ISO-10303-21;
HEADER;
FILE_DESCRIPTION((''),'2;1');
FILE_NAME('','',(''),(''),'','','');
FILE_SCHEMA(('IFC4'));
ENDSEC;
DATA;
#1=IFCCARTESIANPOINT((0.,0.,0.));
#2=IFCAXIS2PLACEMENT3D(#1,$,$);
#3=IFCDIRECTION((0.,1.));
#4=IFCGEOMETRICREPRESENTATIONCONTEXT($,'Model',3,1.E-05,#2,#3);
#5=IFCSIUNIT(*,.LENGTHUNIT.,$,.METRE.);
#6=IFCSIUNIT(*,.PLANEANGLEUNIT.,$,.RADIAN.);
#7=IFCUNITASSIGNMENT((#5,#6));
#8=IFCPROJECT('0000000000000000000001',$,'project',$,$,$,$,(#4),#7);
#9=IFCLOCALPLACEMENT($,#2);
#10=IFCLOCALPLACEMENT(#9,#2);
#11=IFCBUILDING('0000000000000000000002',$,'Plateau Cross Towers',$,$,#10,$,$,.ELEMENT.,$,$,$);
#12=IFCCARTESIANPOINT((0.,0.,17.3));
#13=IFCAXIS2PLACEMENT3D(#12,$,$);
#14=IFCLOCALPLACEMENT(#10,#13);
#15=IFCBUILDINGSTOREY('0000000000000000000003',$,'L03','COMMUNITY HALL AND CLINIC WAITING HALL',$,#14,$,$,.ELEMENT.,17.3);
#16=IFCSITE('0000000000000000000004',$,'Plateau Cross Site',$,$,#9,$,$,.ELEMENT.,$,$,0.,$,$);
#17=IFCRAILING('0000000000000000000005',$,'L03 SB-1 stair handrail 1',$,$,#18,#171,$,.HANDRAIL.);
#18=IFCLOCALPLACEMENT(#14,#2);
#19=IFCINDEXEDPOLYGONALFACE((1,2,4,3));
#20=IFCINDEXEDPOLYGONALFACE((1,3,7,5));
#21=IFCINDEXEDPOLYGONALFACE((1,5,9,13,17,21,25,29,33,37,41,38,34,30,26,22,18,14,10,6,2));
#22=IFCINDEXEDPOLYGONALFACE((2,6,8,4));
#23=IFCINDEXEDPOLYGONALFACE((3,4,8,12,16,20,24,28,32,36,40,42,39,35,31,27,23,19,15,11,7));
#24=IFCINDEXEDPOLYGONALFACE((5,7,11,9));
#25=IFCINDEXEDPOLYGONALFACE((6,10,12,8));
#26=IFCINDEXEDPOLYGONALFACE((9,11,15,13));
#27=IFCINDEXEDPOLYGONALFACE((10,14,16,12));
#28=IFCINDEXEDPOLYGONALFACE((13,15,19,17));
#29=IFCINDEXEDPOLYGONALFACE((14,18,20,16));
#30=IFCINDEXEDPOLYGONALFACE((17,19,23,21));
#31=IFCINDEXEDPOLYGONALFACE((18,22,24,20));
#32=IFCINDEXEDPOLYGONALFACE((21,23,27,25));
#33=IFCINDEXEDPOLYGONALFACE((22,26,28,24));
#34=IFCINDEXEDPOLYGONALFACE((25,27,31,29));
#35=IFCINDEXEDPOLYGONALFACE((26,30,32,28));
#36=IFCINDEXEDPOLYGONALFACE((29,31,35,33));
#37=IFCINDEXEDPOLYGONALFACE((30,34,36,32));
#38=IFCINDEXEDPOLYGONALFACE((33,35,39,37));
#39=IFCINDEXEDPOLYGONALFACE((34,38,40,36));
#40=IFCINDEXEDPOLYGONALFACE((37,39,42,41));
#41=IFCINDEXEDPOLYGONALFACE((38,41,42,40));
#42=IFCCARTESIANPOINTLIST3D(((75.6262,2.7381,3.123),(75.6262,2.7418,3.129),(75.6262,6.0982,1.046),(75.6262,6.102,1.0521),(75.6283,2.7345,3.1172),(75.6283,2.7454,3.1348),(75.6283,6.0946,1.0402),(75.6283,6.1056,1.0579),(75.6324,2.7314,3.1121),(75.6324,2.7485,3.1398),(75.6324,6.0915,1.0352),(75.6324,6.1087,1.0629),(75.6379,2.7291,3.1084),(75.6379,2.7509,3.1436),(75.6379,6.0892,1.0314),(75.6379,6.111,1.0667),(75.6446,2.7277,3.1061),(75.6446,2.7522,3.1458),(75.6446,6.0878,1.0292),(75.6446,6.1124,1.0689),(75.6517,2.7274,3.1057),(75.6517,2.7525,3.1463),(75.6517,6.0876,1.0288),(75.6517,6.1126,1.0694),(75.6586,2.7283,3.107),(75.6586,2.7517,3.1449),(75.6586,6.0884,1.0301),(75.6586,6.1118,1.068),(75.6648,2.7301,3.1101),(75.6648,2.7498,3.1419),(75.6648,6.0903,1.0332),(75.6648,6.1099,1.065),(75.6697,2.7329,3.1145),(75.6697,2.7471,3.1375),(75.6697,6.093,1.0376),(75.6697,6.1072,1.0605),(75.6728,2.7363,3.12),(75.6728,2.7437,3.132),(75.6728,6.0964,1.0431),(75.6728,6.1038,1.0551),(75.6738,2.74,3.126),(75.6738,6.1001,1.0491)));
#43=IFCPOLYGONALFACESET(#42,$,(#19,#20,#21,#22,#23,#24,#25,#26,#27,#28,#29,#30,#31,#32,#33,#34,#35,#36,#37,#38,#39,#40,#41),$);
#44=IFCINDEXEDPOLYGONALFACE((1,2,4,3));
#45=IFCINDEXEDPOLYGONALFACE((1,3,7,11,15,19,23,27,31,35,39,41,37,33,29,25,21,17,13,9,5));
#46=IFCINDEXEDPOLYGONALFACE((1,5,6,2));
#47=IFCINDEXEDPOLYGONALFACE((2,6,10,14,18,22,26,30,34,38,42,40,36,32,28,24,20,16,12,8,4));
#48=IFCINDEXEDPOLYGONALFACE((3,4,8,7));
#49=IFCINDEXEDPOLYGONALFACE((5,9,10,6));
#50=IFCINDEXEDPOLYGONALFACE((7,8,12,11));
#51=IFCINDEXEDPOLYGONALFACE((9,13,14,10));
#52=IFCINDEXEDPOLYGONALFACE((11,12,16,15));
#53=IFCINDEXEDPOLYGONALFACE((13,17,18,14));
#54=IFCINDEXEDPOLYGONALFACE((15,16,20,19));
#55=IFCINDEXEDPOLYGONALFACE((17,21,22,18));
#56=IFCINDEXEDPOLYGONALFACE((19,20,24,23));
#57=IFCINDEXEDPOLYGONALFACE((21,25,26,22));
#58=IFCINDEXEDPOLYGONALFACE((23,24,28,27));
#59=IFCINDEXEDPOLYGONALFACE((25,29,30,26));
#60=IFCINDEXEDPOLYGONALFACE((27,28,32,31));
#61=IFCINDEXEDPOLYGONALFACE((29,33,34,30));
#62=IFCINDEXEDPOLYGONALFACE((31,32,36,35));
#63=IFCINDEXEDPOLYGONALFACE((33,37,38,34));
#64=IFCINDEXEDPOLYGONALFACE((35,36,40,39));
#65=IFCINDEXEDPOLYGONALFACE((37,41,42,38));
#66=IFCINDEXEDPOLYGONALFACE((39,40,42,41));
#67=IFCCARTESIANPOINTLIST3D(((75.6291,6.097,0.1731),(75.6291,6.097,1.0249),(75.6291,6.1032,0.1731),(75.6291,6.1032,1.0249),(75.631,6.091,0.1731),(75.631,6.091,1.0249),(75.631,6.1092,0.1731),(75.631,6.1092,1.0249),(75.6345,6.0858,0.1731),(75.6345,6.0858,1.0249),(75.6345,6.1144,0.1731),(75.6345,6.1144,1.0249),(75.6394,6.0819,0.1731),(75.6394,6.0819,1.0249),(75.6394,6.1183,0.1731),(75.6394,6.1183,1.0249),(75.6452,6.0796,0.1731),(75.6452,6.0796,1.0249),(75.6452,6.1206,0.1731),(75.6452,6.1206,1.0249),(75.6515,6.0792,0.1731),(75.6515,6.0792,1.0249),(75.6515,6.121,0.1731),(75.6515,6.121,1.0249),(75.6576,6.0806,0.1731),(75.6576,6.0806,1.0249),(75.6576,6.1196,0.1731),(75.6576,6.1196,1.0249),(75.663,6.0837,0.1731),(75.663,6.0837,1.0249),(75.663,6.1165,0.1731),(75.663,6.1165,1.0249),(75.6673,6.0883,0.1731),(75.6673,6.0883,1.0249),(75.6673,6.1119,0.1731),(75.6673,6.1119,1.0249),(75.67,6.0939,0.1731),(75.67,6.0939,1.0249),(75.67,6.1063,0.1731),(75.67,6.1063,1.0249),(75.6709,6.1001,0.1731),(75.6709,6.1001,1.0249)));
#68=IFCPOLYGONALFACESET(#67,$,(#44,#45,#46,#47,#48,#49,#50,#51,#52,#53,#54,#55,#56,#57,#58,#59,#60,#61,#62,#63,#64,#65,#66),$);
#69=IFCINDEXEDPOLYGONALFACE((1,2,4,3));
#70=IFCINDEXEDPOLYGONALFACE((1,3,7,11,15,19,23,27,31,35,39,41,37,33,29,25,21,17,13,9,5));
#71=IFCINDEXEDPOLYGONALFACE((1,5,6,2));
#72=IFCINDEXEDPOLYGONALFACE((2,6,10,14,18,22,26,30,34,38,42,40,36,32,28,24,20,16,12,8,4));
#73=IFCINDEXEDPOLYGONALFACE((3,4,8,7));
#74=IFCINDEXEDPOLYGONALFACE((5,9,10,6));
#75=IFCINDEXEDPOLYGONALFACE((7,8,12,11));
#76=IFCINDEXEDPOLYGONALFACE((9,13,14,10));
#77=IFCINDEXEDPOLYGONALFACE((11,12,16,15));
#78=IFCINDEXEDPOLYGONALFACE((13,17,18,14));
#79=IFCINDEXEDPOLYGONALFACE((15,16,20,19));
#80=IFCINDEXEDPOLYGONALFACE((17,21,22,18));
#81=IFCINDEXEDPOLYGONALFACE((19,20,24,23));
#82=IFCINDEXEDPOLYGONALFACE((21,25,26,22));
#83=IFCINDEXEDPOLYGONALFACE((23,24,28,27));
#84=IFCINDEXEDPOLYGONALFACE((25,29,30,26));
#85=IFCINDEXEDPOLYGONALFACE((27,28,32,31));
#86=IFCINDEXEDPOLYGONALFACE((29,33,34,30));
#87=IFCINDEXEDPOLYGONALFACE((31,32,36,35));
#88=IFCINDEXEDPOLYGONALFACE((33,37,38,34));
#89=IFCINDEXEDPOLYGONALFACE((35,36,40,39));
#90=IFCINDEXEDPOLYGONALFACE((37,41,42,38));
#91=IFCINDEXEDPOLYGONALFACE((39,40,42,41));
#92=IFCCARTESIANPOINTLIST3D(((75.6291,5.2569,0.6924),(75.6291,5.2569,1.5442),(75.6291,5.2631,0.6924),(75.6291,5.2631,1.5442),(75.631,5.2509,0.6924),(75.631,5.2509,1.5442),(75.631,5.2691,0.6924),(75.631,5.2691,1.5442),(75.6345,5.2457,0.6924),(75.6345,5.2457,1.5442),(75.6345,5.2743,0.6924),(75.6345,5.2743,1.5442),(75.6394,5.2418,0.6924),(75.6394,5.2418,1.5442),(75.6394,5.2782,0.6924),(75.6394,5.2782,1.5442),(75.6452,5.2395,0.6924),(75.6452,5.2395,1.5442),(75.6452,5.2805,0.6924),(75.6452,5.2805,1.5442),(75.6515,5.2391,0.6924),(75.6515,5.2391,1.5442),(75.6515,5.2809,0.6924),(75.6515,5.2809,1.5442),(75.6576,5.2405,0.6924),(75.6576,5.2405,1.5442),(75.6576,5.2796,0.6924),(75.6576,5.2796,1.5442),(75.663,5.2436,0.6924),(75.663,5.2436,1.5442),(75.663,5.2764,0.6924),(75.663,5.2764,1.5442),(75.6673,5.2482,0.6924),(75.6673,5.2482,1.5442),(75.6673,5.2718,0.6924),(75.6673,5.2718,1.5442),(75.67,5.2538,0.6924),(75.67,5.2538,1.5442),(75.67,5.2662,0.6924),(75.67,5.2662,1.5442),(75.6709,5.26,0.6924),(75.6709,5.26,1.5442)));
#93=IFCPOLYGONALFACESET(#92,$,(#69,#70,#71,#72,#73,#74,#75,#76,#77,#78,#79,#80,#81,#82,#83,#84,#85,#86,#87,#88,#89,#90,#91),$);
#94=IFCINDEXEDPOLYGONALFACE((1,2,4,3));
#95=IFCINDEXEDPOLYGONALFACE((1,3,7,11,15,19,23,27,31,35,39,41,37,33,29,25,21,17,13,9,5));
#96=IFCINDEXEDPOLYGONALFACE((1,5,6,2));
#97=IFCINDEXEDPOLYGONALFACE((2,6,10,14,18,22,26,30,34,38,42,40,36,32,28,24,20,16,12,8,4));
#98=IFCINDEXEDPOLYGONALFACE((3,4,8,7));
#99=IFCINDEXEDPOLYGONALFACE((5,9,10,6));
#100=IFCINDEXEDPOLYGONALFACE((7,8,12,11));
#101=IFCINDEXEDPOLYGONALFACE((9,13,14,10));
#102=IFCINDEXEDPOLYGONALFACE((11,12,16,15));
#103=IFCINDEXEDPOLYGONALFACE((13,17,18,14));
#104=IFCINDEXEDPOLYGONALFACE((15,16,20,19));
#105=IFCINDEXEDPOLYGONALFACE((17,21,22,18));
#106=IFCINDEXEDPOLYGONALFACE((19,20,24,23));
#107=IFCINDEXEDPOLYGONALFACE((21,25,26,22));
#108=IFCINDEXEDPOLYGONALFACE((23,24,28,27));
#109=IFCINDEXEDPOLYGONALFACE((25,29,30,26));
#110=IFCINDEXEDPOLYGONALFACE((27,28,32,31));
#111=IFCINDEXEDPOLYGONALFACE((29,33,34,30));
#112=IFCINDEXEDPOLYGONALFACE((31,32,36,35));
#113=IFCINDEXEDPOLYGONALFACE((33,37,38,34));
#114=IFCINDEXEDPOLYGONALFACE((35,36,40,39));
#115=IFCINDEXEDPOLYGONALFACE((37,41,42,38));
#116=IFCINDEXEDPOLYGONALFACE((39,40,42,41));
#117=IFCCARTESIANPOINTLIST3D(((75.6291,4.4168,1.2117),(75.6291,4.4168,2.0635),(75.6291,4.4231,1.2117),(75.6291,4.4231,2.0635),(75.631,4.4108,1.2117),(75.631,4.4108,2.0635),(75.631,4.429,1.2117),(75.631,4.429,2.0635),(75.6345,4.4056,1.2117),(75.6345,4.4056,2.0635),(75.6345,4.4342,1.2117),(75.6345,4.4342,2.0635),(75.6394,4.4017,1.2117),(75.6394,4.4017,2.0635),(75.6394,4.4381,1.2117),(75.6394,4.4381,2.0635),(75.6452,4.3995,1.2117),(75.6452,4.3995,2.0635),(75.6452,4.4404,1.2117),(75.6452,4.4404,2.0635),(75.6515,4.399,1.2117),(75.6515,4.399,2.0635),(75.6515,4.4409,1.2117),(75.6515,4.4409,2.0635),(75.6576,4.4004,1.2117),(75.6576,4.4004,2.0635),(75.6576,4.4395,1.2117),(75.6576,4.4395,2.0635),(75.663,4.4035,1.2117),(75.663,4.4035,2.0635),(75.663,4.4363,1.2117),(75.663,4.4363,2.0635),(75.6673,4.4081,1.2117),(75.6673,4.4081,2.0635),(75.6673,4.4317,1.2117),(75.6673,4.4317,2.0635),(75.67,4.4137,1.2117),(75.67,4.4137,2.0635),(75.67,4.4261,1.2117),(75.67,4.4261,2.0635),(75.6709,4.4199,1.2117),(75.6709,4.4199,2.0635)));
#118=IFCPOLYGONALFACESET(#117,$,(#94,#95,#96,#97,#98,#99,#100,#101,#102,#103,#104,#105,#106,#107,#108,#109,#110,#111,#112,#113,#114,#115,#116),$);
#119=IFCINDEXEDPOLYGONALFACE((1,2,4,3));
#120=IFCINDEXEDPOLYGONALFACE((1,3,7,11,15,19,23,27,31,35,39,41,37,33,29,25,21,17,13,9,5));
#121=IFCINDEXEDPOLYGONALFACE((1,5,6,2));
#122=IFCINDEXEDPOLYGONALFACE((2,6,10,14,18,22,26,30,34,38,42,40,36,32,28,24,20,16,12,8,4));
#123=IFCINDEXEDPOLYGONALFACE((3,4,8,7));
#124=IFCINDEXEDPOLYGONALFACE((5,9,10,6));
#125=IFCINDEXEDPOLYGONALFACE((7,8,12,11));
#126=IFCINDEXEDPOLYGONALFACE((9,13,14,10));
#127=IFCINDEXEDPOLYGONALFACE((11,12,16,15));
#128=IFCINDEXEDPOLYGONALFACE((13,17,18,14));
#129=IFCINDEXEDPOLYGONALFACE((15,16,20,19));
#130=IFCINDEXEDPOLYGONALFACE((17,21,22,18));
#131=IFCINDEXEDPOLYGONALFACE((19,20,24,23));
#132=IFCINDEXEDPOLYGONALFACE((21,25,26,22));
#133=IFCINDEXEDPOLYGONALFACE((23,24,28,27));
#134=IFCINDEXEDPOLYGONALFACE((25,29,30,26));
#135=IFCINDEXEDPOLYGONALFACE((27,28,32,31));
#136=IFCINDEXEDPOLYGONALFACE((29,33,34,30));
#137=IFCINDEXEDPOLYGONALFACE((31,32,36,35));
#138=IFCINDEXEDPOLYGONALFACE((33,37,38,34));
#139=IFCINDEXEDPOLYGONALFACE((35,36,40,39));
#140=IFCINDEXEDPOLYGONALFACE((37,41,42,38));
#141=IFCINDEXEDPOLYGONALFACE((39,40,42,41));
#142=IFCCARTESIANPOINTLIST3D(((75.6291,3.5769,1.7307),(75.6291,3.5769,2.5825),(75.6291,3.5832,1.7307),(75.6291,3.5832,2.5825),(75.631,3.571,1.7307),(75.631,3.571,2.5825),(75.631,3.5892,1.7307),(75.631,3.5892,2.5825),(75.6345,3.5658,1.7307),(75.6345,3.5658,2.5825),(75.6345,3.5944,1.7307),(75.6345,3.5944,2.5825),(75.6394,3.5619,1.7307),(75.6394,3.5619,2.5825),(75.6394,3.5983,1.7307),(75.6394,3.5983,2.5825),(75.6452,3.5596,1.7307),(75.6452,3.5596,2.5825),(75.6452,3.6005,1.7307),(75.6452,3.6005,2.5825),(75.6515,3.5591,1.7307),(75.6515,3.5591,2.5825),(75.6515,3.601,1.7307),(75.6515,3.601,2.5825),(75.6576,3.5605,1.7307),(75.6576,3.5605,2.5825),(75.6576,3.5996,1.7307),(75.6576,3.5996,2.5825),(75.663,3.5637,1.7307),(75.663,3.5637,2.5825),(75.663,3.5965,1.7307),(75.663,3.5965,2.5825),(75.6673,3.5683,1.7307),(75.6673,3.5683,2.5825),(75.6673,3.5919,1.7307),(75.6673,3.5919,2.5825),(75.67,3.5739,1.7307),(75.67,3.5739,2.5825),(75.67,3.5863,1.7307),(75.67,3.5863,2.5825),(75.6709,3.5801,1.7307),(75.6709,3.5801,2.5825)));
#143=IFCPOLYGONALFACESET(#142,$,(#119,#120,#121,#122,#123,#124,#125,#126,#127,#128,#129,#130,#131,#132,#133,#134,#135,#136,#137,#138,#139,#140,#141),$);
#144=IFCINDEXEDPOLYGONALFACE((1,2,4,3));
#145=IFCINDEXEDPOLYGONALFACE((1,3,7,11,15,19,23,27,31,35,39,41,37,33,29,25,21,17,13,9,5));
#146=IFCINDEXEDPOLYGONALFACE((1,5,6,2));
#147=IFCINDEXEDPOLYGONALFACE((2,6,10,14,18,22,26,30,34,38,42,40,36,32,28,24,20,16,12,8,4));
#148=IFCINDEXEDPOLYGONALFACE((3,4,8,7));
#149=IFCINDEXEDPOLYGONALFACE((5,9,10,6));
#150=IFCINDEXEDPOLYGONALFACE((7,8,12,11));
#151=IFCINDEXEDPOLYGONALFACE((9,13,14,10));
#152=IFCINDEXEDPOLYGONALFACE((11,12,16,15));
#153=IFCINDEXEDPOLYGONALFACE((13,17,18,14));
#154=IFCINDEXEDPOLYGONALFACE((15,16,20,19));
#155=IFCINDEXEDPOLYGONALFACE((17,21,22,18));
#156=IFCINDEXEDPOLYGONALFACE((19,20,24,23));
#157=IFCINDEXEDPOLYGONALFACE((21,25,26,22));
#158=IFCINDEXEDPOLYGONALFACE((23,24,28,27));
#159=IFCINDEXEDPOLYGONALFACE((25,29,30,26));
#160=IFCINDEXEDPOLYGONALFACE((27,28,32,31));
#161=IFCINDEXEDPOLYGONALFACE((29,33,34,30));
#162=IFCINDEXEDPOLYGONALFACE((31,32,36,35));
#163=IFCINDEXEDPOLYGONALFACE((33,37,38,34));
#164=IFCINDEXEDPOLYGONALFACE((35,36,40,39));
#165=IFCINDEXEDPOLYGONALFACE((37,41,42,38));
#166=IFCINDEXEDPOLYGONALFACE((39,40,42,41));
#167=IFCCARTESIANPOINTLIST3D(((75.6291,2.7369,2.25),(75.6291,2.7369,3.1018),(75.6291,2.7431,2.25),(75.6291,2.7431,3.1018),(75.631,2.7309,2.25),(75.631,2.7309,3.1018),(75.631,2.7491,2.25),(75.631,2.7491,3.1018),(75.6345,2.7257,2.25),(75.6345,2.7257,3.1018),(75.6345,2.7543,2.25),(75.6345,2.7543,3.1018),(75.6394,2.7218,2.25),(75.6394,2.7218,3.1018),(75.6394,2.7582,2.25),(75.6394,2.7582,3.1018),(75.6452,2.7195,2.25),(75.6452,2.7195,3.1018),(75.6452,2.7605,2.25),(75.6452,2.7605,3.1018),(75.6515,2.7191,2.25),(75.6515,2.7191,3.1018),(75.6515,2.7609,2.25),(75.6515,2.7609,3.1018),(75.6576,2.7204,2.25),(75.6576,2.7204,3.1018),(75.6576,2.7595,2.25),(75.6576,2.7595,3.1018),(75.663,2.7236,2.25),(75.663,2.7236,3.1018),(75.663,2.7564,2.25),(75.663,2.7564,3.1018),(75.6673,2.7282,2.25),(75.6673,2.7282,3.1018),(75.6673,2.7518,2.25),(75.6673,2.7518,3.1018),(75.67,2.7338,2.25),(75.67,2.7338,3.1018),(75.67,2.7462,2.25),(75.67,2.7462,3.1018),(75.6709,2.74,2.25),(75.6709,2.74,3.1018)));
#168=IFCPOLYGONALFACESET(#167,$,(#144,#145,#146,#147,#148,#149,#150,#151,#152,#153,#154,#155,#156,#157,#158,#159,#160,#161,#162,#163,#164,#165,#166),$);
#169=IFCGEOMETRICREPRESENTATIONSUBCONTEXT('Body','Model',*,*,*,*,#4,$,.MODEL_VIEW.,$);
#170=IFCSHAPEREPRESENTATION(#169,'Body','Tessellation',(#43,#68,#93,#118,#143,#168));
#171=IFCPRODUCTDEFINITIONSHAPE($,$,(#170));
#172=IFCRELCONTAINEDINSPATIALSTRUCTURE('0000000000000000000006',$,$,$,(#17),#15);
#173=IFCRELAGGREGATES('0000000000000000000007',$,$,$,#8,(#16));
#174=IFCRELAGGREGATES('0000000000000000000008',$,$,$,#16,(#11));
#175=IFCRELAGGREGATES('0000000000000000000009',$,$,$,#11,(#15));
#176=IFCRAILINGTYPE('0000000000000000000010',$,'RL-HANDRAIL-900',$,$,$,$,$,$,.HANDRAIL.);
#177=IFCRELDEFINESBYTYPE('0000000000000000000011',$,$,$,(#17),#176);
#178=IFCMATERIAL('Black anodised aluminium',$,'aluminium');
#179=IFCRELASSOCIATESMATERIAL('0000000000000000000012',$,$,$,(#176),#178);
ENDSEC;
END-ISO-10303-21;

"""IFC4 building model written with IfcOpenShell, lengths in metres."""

from ifc_helpers import new_model, si_unit, direction, frame, origin, origin_2d, place, context, subcontext, project, spatial, circle, extrude, material, type_object, element, save


model = new_model("IFC4")

# Units and contexts
model_context = context("Model", 3, precision=1e-05, world=origin(), true_north=direction((0.0, 1.0)))
body_context = subcontext(model_context, "Body", "Model", "MODEL_VIEW")
ifc_project = project(units=[si_unit("LENGTHUNIT", "METRE"), si_unit("PLANEANGLEUNIT", "RADIAN")], contexts=[model_context])

# Site, building, storey
site_placement = place(None, origin())
site = spatial("IfcSite", under=ifc_project, at=site_placement, Name="Plateau Cross Site", CompositionType="ELEMENT", RefElevation=0.0)
building_placement = place(site_placement, origin())
building = spatial("IfcBuilding", under=site, at=building_placement, Name="Plateau Cross Towers", CompositionType="ELEMENT")
storey_placement = place(building_placement, frame((0.0, 0.0, 17.3)))
storey = spatial("IfcBuildingStorey", under=building, at=storey_placement, Name="L03", Description="COMMUNITY HALL AND CLINIC WAITING HALL", CompositionType="ELEMENT", Elevation=17.3)

# Railing
ifc_material_1 = material(Name="Black anodised aluminium", Category="aluminium")
railing_type_1 = type_object("IfcRailingType", Name="RL-HANDRAIL-900", PredefinedType="HANDRAIL", material=ifc_material_1)
railing_1_placement = place(storey_placement, frame((75.6499, 6.1001, 0.1731)))
element("IfcRailing", 1, at=railing_1_placement, inside=storey, type_object=railing_type_1, Name="L03 SB-1 stair handrail 1", PredefinedType="HANDRAIL", context=body_context, shape_type="SweptSolid", body=[
    extrude(circle(Radius=0.0239, at=origin_2d()), frame((0.0, 0.0, 0.876), z_axis=(0.0, -0.850623, 0.525776), x_axis=(1.0, 0.0, 0.0)), (0.0, 0.0, 1.0), 3.9502),
    extrude(circle(Radius=0.021, at=origin_2d()), origin(), (0.0, 0.0, 1.0), 0.8518),
    extrude(circle(Radius=0.021, at=origin_2d()), frame((0.0, -0.8401, 0.5193)), (0.0, 0.0, 1.0), 0.8518),
    extrude(circle(Radius=0.021, at=origin_2d()), frame((0.0, -1.6802, 1.0386)), (0.0, 0.0, 1.0), 0.8518),
    extrude(circle(Radius=0.021, at=origin_2d()), frame((0.0, -2.52, 1.5576)), (0.0, 0.0, 1.0), 0.8518),
    extrude(circle(Radius=0.021, at=origin_2d()), frame((0.0, -3.3601, 2.0769)), (0.0, 0.0, 1.0), 0.8518),
])

save(model, "model.ifc")
